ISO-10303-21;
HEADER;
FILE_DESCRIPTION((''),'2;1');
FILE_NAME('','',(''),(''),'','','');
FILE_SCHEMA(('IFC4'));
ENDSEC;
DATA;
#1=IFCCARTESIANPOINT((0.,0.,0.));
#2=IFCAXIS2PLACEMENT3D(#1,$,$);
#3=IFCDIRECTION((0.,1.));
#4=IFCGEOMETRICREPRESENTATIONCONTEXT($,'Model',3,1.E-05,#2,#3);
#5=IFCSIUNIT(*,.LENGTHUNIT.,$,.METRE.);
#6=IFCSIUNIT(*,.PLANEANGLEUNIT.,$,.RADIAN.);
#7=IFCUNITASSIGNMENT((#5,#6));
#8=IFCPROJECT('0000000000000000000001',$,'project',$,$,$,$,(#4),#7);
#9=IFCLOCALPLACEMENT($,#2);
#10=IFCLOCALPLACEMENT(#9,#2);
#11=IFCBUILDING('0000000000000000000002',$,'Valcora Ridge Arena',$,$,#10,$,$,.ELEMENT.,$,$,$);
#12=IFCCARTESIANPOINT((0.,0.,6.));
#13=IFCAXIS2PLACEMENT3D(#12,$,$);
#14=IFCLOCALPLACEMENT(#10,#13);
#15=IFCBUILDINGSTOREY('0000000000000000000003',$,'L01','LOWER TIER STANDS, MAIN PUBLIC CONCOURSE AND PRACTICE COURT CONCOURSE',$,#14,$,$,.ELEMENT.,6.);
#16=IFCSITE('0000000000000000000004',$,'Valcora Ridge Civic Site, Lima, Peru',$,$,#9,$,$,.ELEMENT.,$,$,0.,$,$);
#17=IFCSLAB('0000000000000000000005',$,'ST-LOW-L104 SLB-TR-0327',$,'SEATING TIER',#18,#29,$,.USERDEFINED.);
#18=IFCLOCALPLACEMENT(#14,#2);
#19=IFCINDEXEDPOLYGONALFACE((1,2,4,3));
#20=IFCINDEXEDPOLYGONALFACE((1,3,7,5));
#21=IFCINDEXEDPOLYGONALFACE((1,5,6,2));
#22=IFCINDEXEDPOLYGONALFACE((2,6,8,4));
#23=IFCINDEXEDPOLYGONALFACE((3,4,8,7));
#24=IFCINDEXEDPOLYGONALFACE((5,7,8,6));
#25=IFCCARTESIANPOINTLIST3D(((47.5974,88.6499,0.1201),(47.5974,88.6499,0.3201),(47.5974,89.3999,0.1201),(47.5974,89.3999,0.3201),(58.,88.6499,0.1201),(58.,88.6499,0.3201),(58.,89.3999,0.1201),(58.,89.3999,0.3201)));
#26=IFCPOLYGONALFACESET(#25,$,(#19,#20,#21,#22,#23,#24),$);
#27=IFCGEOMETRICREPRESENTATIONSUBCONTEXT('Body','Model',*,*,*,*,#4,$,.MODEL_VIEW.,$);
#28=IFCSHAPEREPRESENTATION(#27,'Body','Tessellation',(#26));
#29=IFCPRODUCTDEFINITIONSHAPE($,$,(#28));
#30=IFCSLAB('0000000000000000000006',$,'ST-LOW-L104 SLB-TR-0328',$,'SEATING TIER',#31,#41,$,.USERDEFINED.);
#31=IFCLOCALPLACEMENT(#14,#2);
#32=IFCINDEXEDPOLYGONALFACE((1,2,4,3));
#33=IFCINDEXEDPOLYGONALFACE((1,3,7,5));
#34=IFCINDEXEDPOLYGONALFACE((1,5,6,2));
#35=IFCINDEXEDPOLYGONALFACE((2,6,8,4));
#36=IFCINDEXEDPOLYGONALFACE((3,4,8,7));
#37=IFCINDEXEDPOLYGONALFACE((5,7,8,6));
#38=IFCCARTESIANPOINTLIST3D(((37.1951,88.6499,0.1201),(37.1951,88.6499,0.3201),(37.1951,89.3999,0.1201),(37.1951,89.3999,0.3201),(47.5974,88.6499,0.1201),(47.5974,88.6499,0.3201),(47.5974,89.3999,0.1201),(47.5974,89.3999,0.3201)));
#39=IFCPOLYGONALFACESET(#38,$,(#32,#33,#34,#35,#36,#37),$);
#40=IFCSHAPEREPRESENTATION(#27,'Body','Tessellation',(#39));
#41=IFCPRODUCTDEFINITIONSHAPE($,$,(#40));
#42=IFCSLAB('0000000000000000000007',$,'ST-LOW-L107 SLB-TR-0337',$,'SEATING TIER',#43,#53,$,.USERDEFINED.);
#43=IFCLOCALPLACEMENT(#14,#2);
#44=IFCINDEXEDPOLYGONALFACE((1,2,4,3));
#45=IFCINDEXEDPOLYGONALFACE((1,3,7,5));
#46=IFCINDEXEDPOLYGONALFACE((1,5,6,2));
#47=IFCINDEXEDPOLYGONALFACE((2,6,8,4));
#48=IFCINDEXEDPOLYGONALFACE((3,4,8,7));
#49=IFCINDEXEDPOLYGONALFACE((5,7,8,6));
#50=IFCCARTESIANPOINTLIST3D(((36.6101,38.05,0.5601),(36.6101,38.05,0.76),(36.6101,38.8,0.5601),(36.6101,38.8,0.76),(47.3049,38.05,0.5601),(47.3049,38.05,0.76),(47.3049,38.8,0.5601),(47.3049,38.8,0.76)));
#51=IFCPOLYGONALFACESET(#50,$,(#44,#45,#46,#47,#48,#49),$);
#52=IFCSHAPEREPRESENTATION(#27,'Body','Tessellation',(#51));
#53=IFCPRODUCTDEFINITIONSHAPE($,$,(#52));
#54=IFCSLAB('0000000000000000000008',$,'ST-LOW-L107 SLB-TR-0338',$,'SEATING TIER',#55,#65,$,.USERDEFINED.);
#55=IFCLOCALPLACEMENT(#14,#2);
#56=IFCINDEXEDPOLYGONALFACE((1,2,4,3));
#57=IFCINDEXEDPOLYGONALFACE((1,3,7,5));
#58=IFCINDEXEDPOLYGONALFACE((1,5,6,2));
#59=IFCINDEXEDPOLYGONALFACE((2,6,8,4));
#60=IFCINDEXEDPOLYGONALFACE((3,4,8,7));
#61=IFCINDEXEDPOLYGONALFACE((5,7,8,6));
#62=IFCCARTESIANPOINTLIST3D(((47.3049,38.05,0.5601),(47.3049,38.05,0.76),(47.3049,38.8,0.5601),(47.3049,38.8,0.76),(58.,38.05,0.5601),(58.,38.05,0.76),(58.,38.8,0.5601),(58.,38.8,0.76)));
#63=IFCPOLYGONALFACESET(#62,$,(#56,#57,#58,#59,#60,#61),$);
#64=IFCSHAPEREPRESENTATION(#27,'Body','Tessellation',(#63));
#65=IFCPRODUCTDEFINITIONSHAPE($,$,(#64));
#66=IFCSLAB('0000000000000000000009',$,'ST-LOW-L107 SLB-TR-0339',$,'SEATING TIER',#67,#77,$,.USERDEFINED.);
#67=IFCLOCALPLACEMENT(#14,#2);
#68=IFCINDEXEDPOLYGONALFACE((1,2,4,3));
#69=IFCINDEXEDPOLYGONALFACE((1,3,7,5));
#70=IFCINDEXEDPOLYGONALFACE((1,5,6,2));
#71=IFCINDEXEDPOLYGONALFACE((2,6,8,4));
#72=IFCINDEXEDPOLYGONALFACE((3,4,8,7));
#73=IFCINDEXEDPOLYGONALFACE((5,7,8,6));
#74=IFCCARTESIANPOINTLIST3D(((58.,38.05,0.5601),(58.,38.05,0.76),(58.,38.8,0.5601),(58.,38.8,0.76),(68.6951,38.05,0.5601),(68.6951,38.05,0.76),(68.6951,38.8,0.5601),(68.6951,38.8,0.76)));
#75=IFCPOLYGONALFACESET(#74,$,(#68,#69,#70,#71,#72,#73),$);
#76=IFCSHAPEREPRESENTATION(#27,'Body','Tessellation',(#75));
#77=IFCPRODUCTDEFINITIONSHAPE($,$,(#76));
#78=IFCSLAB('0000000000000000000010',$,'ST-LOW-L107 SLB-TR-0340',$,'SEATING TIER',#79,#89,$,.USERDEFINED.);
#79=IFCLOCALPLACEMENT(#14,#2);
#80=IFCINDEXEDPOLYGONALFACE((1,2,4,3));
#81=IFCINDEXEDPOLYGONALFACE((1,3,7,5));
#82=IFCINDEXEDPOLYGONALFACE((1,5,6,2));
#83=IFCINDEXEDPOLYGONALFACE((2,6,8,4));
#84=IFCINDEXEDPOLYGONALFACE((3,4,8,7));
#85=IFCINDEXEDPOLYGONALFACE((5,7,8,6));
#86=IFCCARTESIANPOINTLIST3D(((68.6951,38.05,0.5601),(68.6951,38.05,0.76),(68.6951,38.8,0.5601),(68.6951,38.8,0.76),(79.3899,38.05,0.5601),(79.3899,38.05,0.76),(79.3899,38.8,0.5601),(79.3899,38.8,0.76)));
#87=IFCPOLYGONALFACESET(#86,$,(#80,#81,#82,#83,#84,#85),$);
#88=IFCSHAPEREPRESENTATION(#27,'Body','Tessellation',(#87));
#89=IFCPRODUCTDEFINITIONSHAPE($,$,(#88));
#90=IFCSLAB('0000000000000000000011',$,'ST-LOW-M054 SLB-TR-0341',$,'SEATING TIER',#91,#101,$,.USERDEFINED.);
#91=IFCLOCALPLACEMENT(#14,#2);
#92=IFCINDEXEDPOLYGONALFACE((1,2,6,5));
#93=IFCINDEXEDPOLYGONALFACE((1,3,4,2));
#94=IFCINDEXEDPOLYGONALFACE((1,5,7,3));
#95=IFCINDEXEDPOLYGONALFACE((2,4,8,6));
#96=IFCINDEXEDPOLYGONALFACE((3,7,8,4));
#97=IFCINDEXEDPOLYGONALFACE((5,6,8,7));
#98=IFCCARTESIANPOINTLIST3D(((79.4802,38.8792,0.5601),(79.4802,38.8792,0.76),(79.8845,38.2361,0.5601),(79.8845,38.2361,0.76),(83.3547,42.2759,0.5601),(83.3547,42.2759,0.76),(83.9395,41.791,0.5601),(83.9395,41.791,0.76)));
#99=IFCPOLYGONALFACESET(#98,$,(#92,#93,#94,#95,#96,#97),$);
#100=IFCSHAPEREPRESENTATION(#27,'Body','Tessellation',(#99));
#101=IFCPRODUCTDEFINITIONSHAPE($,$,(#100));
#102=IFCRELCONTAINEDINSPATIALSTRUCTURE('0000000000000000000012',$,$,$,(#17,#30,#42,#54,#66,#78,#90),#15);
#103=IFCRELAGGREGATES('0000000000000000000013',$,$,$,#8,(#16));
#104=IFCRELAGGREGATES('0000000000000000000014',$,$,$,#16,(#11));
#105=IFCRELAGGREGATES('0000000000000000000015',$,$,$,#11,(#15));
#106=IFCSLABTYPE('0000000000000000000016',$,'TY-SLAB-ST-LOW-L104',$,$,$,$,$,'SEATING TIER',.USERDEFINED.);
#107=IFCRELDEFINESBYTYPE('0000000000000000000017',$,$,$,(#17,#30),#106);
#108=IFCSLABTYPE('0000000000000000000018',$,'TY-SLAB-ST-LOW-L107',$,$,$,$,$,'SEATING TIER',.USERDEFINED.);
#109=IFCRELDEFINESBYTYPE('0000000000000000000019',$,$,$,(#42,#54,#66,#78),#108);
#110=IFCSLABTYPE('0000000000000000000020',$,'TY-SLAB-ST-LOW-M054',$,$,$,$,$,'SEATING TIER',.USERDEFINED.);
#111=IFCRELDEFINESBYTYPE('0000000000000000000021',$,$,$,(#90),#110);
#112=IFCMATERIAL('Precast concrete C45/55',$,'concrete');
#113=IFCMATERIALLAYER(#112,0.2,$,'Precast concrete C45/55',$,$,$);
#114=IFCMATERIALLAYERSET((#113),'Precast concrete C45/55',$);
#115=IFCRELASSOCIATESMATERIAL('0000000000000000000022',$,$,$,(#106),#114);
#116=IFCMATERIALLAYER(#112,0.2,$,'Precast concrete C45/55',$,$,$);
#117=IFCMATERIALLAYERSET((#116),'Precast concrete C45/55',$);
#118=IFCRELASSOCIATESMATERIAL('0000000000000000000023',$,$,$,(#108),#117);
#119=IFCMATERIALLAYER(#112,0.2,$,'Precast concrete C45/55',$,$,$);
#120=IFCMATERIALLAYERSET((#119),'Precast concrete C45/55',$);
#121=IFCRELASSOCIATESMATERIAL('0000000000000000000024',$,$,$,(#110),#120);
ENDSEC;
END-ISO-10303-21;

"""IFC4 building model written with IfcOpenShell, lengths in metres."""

from ifc_helpers import new_model, si_unit, direction, frame, origin, place, context, subcontext, project, spatial, polyline, outline, extrude, material, layer, layer_set, type_object, element, save


model = new_model("IFC4")

# Units and contexts
model_context = context("Model", 3, precision=1e-05, world=origin(), true_north=direction((0.0, 1.0)))
body_context = subcontext(model_context, "Body", "Model", "MODEL_VIEW")
ifc_project = project(units=[si_unit("LENGTHUNIT", "METRE"), si_unit("PLANEANGLEUNIT", "RADIAN")], contexts=[model_context])

# Site, building, storey
site_placement = place(None, origin())
site = spatial("IfcSite", under=ifc_project, at=site_placement, Name="Valcora Ridge Civic Site, Lima, Peru", CompositionType="ELEMENT", RefElevation=0.0)
building_placement = place(site_placement, origin())
building = spatial("IfcBuilding", under=site, at=building_placement, Name="Valcora Ridge Arena", CompositionType="ELEMENT")
storey_placement = place(building_placement, frame((0.0, 0.0, 6.0)))
storey = spatial("IfcBuildingStorey", under=building, at=storey_placement, Name="L01", Description="LOWER TIER STANDS, MAIN PUBLIC CONCOURSE AND PRACTICE COURT CONCOURSE", CompositionType="ELEMENT", Elevation=6.0)

# Slabs
ifc_material = material(Name="Precast concrete C45/55", Category="concrete")
ifc_layer_1 = layer(ifc_material, 0.2, Name="Precast concrete C45/55")
ifc_layer_set_1 = layer_set([ifc_layer_1], Name="Precast concrete C45/55")
slab_type_1 = type_object("IfcSlabType", Name="TY-SLAB-ST-LOW-L104", ElementType="SEATING TIER", PredefinedType="USERDEFINED", material=ifc_layer_set_1)
slab_1_placement = place(storey_placement, frame((0.0, 0.0, 0.1201)))
element("IfcSlab", 1, at=slab_1_placement, inside=storey, type_object=slab_type_1, Name="ST-LOW-L104 SLB-TR-0327", ObjectType="SEATING TIER", PredefinedType="USERDEFINED", context=body_context, shape_type="SweptSolid", body=[
    extrude(outline(polyline([(58.0, 88.6499), (47.5974, 88.6499), (47.5974, 89.3999), (58.0, 89.3999), (58.0, 88.6499)])), origin(), (0.0, 0.0, 1.0), 0.2),
])
slab_2_placement = place(storey_placement, frame((0.0, 0.0, 0.1201)))
element("IfcSlab", 2, at=slab_2_placement, inside=storey, type_object=slab_type_1, Name="ST-LOW-L104 SLB-TR-0328", ObjectType="SEATING TIER", PredefinedType="USERDEFINED", context=body_context, shape_type="SweptSolid", body=[
    extrude(outline(polyline([(47.5974, 88.6499), (37.1951, 88.6499), (37.1951, 89.3999), (47.5974, 89.3999), (47.5974, 88.6499)])), origin(), (0.0, 0.0, 1.0), 0.2),
])
ifc_layer_2 = layer(ifc_material, 0.2, Name="Precast concrete C45/55")
ifc_layer_set_2 = layer_set([ifc_layer_2], Name="Precast concrete C45/55")
slab_type_2 = type_object("IfcSlabType", Name="TY-SLAB-ST-LOW-L107", ElementType="SEATING TIER", PredefinedType="USERDEFINED", material=ifc_layer_set_2)
slab_3_placement = place(storey_placement, frame((0.0, 0.0, 0.5601)))
element("IfcSlab", 3, at=slab_3_placement, inside=storey, type_object=slab_type_2, Name="ST-LOW-L107 SLB-TR-0337", ObjectType="SEATING TIER", PredefinedType="USERDEFINED", context=body_context, shape_type="SweptSolid", body=[
    extrude(outline(polyline([(36.6101, 38.8), (47.3049, 38.8), (47.3049, 38.05), (36.6101, 38.05), (36.6101, 38.8)])), origin(), (0.0, 0.0, 1.0), 0.2),
])
slab_4_placement = place(storey_placement, frame((0.0, 0.0, 0.5601)))
element("IfcSlab", 4, at=slab_4_placement, inside=storey, type_object=slab_type_2, Name="ST-LOW-L107 SLB-TR-0338", ObjectType="SEATING TIER", PredefinedType="USERDEFINED", context=body_context, shape_type="SweptSolid", body=[
    extrude(outline(polyline([(47.3049, 38.8), (58.0, 38.8), (58.0, 38.05), (47.3049, 38.05), (47.3049, 38.8)])), origin(), (0.0, 0.0, 1.0), 0.2),
])
slab_5_placement = place(storey_placement, frame((0.0, 0.0, 0.5601)))
element("IfcSlab", 5, at=slab_5_placement, inside=storey, type_object=slab_type_2, Name="ST-LOW-L107 SLB-TR-0339", ObjectType="SEATING TIER", PredefinedType="USERDEFINED", context=body_context, shape_type="SweptSolid", body=[
    extrude(outline(polyline([(58.0, 38.8), (68.6951, 38.8), (68.6951, 38.05), (58.0, 38.05), (58.0, 38.8)])), origin(), (0.0, 0.0, 1.0), 0.2),
])
slab_6_placement = place(storey_placement, frame((0.0, 0.0, 0.5601)))
element("IfcSlab", 6, at=slab_6_placement, inside=storey, type_object=slab_type_2, Name="ST-LOW-L107 SLB-TR-0340", ObjectType="SEATING TIER", PredefinedType="USERDEFINED", context=body_context, shape_type="SweptSolid", body=[
    extrude(outline(polyline([(68.6951, 38.8), (79.3899, 38.8), (79.3899, 38.05), (68.6951, 38.05), (68.6951, 38.8)])), origin(), (0.0, 0.0, 1.0), 0.2),
])
ifc_layer_3 = layer(ifc_material, 0.2, Name="Precast concrete C45/55")
ifc_layer_set_3 = layer_set([ifc_layer_3], Name="Precast concrete C45/55")
slab_type_3 = type_object("IfcSlabType", Name="TY-SLAB-ST-LOW-M054", ElementType="SEATING TIER", PredefinedType="USERDEFINED", material=ifc_layer_set_3)
slab_7_placement = place(storey_placement, frame((0.0, 0.0, 0.5601)))
element("IfcSlab", 7, at=slab_7_placement, inside=storey, type_object=slab_type_3, Name="ST-LOW-M054 SLB-TR-0341", ObjectType="SEATING TIER", PredefinedType="USERDEFINED", context=body_context, shape_type="SweptSolid", body=[
    extrude(outline(polyline([(79.4802, 38.8792), (83.3547, 42.2759), (83.9395, 41.791), (79.8845, 38.2361), (79.4802, 38.8792)])), origin(), (0.0, 0.0, 1.0), 0.2),
])

save(model, "model.ifc")
